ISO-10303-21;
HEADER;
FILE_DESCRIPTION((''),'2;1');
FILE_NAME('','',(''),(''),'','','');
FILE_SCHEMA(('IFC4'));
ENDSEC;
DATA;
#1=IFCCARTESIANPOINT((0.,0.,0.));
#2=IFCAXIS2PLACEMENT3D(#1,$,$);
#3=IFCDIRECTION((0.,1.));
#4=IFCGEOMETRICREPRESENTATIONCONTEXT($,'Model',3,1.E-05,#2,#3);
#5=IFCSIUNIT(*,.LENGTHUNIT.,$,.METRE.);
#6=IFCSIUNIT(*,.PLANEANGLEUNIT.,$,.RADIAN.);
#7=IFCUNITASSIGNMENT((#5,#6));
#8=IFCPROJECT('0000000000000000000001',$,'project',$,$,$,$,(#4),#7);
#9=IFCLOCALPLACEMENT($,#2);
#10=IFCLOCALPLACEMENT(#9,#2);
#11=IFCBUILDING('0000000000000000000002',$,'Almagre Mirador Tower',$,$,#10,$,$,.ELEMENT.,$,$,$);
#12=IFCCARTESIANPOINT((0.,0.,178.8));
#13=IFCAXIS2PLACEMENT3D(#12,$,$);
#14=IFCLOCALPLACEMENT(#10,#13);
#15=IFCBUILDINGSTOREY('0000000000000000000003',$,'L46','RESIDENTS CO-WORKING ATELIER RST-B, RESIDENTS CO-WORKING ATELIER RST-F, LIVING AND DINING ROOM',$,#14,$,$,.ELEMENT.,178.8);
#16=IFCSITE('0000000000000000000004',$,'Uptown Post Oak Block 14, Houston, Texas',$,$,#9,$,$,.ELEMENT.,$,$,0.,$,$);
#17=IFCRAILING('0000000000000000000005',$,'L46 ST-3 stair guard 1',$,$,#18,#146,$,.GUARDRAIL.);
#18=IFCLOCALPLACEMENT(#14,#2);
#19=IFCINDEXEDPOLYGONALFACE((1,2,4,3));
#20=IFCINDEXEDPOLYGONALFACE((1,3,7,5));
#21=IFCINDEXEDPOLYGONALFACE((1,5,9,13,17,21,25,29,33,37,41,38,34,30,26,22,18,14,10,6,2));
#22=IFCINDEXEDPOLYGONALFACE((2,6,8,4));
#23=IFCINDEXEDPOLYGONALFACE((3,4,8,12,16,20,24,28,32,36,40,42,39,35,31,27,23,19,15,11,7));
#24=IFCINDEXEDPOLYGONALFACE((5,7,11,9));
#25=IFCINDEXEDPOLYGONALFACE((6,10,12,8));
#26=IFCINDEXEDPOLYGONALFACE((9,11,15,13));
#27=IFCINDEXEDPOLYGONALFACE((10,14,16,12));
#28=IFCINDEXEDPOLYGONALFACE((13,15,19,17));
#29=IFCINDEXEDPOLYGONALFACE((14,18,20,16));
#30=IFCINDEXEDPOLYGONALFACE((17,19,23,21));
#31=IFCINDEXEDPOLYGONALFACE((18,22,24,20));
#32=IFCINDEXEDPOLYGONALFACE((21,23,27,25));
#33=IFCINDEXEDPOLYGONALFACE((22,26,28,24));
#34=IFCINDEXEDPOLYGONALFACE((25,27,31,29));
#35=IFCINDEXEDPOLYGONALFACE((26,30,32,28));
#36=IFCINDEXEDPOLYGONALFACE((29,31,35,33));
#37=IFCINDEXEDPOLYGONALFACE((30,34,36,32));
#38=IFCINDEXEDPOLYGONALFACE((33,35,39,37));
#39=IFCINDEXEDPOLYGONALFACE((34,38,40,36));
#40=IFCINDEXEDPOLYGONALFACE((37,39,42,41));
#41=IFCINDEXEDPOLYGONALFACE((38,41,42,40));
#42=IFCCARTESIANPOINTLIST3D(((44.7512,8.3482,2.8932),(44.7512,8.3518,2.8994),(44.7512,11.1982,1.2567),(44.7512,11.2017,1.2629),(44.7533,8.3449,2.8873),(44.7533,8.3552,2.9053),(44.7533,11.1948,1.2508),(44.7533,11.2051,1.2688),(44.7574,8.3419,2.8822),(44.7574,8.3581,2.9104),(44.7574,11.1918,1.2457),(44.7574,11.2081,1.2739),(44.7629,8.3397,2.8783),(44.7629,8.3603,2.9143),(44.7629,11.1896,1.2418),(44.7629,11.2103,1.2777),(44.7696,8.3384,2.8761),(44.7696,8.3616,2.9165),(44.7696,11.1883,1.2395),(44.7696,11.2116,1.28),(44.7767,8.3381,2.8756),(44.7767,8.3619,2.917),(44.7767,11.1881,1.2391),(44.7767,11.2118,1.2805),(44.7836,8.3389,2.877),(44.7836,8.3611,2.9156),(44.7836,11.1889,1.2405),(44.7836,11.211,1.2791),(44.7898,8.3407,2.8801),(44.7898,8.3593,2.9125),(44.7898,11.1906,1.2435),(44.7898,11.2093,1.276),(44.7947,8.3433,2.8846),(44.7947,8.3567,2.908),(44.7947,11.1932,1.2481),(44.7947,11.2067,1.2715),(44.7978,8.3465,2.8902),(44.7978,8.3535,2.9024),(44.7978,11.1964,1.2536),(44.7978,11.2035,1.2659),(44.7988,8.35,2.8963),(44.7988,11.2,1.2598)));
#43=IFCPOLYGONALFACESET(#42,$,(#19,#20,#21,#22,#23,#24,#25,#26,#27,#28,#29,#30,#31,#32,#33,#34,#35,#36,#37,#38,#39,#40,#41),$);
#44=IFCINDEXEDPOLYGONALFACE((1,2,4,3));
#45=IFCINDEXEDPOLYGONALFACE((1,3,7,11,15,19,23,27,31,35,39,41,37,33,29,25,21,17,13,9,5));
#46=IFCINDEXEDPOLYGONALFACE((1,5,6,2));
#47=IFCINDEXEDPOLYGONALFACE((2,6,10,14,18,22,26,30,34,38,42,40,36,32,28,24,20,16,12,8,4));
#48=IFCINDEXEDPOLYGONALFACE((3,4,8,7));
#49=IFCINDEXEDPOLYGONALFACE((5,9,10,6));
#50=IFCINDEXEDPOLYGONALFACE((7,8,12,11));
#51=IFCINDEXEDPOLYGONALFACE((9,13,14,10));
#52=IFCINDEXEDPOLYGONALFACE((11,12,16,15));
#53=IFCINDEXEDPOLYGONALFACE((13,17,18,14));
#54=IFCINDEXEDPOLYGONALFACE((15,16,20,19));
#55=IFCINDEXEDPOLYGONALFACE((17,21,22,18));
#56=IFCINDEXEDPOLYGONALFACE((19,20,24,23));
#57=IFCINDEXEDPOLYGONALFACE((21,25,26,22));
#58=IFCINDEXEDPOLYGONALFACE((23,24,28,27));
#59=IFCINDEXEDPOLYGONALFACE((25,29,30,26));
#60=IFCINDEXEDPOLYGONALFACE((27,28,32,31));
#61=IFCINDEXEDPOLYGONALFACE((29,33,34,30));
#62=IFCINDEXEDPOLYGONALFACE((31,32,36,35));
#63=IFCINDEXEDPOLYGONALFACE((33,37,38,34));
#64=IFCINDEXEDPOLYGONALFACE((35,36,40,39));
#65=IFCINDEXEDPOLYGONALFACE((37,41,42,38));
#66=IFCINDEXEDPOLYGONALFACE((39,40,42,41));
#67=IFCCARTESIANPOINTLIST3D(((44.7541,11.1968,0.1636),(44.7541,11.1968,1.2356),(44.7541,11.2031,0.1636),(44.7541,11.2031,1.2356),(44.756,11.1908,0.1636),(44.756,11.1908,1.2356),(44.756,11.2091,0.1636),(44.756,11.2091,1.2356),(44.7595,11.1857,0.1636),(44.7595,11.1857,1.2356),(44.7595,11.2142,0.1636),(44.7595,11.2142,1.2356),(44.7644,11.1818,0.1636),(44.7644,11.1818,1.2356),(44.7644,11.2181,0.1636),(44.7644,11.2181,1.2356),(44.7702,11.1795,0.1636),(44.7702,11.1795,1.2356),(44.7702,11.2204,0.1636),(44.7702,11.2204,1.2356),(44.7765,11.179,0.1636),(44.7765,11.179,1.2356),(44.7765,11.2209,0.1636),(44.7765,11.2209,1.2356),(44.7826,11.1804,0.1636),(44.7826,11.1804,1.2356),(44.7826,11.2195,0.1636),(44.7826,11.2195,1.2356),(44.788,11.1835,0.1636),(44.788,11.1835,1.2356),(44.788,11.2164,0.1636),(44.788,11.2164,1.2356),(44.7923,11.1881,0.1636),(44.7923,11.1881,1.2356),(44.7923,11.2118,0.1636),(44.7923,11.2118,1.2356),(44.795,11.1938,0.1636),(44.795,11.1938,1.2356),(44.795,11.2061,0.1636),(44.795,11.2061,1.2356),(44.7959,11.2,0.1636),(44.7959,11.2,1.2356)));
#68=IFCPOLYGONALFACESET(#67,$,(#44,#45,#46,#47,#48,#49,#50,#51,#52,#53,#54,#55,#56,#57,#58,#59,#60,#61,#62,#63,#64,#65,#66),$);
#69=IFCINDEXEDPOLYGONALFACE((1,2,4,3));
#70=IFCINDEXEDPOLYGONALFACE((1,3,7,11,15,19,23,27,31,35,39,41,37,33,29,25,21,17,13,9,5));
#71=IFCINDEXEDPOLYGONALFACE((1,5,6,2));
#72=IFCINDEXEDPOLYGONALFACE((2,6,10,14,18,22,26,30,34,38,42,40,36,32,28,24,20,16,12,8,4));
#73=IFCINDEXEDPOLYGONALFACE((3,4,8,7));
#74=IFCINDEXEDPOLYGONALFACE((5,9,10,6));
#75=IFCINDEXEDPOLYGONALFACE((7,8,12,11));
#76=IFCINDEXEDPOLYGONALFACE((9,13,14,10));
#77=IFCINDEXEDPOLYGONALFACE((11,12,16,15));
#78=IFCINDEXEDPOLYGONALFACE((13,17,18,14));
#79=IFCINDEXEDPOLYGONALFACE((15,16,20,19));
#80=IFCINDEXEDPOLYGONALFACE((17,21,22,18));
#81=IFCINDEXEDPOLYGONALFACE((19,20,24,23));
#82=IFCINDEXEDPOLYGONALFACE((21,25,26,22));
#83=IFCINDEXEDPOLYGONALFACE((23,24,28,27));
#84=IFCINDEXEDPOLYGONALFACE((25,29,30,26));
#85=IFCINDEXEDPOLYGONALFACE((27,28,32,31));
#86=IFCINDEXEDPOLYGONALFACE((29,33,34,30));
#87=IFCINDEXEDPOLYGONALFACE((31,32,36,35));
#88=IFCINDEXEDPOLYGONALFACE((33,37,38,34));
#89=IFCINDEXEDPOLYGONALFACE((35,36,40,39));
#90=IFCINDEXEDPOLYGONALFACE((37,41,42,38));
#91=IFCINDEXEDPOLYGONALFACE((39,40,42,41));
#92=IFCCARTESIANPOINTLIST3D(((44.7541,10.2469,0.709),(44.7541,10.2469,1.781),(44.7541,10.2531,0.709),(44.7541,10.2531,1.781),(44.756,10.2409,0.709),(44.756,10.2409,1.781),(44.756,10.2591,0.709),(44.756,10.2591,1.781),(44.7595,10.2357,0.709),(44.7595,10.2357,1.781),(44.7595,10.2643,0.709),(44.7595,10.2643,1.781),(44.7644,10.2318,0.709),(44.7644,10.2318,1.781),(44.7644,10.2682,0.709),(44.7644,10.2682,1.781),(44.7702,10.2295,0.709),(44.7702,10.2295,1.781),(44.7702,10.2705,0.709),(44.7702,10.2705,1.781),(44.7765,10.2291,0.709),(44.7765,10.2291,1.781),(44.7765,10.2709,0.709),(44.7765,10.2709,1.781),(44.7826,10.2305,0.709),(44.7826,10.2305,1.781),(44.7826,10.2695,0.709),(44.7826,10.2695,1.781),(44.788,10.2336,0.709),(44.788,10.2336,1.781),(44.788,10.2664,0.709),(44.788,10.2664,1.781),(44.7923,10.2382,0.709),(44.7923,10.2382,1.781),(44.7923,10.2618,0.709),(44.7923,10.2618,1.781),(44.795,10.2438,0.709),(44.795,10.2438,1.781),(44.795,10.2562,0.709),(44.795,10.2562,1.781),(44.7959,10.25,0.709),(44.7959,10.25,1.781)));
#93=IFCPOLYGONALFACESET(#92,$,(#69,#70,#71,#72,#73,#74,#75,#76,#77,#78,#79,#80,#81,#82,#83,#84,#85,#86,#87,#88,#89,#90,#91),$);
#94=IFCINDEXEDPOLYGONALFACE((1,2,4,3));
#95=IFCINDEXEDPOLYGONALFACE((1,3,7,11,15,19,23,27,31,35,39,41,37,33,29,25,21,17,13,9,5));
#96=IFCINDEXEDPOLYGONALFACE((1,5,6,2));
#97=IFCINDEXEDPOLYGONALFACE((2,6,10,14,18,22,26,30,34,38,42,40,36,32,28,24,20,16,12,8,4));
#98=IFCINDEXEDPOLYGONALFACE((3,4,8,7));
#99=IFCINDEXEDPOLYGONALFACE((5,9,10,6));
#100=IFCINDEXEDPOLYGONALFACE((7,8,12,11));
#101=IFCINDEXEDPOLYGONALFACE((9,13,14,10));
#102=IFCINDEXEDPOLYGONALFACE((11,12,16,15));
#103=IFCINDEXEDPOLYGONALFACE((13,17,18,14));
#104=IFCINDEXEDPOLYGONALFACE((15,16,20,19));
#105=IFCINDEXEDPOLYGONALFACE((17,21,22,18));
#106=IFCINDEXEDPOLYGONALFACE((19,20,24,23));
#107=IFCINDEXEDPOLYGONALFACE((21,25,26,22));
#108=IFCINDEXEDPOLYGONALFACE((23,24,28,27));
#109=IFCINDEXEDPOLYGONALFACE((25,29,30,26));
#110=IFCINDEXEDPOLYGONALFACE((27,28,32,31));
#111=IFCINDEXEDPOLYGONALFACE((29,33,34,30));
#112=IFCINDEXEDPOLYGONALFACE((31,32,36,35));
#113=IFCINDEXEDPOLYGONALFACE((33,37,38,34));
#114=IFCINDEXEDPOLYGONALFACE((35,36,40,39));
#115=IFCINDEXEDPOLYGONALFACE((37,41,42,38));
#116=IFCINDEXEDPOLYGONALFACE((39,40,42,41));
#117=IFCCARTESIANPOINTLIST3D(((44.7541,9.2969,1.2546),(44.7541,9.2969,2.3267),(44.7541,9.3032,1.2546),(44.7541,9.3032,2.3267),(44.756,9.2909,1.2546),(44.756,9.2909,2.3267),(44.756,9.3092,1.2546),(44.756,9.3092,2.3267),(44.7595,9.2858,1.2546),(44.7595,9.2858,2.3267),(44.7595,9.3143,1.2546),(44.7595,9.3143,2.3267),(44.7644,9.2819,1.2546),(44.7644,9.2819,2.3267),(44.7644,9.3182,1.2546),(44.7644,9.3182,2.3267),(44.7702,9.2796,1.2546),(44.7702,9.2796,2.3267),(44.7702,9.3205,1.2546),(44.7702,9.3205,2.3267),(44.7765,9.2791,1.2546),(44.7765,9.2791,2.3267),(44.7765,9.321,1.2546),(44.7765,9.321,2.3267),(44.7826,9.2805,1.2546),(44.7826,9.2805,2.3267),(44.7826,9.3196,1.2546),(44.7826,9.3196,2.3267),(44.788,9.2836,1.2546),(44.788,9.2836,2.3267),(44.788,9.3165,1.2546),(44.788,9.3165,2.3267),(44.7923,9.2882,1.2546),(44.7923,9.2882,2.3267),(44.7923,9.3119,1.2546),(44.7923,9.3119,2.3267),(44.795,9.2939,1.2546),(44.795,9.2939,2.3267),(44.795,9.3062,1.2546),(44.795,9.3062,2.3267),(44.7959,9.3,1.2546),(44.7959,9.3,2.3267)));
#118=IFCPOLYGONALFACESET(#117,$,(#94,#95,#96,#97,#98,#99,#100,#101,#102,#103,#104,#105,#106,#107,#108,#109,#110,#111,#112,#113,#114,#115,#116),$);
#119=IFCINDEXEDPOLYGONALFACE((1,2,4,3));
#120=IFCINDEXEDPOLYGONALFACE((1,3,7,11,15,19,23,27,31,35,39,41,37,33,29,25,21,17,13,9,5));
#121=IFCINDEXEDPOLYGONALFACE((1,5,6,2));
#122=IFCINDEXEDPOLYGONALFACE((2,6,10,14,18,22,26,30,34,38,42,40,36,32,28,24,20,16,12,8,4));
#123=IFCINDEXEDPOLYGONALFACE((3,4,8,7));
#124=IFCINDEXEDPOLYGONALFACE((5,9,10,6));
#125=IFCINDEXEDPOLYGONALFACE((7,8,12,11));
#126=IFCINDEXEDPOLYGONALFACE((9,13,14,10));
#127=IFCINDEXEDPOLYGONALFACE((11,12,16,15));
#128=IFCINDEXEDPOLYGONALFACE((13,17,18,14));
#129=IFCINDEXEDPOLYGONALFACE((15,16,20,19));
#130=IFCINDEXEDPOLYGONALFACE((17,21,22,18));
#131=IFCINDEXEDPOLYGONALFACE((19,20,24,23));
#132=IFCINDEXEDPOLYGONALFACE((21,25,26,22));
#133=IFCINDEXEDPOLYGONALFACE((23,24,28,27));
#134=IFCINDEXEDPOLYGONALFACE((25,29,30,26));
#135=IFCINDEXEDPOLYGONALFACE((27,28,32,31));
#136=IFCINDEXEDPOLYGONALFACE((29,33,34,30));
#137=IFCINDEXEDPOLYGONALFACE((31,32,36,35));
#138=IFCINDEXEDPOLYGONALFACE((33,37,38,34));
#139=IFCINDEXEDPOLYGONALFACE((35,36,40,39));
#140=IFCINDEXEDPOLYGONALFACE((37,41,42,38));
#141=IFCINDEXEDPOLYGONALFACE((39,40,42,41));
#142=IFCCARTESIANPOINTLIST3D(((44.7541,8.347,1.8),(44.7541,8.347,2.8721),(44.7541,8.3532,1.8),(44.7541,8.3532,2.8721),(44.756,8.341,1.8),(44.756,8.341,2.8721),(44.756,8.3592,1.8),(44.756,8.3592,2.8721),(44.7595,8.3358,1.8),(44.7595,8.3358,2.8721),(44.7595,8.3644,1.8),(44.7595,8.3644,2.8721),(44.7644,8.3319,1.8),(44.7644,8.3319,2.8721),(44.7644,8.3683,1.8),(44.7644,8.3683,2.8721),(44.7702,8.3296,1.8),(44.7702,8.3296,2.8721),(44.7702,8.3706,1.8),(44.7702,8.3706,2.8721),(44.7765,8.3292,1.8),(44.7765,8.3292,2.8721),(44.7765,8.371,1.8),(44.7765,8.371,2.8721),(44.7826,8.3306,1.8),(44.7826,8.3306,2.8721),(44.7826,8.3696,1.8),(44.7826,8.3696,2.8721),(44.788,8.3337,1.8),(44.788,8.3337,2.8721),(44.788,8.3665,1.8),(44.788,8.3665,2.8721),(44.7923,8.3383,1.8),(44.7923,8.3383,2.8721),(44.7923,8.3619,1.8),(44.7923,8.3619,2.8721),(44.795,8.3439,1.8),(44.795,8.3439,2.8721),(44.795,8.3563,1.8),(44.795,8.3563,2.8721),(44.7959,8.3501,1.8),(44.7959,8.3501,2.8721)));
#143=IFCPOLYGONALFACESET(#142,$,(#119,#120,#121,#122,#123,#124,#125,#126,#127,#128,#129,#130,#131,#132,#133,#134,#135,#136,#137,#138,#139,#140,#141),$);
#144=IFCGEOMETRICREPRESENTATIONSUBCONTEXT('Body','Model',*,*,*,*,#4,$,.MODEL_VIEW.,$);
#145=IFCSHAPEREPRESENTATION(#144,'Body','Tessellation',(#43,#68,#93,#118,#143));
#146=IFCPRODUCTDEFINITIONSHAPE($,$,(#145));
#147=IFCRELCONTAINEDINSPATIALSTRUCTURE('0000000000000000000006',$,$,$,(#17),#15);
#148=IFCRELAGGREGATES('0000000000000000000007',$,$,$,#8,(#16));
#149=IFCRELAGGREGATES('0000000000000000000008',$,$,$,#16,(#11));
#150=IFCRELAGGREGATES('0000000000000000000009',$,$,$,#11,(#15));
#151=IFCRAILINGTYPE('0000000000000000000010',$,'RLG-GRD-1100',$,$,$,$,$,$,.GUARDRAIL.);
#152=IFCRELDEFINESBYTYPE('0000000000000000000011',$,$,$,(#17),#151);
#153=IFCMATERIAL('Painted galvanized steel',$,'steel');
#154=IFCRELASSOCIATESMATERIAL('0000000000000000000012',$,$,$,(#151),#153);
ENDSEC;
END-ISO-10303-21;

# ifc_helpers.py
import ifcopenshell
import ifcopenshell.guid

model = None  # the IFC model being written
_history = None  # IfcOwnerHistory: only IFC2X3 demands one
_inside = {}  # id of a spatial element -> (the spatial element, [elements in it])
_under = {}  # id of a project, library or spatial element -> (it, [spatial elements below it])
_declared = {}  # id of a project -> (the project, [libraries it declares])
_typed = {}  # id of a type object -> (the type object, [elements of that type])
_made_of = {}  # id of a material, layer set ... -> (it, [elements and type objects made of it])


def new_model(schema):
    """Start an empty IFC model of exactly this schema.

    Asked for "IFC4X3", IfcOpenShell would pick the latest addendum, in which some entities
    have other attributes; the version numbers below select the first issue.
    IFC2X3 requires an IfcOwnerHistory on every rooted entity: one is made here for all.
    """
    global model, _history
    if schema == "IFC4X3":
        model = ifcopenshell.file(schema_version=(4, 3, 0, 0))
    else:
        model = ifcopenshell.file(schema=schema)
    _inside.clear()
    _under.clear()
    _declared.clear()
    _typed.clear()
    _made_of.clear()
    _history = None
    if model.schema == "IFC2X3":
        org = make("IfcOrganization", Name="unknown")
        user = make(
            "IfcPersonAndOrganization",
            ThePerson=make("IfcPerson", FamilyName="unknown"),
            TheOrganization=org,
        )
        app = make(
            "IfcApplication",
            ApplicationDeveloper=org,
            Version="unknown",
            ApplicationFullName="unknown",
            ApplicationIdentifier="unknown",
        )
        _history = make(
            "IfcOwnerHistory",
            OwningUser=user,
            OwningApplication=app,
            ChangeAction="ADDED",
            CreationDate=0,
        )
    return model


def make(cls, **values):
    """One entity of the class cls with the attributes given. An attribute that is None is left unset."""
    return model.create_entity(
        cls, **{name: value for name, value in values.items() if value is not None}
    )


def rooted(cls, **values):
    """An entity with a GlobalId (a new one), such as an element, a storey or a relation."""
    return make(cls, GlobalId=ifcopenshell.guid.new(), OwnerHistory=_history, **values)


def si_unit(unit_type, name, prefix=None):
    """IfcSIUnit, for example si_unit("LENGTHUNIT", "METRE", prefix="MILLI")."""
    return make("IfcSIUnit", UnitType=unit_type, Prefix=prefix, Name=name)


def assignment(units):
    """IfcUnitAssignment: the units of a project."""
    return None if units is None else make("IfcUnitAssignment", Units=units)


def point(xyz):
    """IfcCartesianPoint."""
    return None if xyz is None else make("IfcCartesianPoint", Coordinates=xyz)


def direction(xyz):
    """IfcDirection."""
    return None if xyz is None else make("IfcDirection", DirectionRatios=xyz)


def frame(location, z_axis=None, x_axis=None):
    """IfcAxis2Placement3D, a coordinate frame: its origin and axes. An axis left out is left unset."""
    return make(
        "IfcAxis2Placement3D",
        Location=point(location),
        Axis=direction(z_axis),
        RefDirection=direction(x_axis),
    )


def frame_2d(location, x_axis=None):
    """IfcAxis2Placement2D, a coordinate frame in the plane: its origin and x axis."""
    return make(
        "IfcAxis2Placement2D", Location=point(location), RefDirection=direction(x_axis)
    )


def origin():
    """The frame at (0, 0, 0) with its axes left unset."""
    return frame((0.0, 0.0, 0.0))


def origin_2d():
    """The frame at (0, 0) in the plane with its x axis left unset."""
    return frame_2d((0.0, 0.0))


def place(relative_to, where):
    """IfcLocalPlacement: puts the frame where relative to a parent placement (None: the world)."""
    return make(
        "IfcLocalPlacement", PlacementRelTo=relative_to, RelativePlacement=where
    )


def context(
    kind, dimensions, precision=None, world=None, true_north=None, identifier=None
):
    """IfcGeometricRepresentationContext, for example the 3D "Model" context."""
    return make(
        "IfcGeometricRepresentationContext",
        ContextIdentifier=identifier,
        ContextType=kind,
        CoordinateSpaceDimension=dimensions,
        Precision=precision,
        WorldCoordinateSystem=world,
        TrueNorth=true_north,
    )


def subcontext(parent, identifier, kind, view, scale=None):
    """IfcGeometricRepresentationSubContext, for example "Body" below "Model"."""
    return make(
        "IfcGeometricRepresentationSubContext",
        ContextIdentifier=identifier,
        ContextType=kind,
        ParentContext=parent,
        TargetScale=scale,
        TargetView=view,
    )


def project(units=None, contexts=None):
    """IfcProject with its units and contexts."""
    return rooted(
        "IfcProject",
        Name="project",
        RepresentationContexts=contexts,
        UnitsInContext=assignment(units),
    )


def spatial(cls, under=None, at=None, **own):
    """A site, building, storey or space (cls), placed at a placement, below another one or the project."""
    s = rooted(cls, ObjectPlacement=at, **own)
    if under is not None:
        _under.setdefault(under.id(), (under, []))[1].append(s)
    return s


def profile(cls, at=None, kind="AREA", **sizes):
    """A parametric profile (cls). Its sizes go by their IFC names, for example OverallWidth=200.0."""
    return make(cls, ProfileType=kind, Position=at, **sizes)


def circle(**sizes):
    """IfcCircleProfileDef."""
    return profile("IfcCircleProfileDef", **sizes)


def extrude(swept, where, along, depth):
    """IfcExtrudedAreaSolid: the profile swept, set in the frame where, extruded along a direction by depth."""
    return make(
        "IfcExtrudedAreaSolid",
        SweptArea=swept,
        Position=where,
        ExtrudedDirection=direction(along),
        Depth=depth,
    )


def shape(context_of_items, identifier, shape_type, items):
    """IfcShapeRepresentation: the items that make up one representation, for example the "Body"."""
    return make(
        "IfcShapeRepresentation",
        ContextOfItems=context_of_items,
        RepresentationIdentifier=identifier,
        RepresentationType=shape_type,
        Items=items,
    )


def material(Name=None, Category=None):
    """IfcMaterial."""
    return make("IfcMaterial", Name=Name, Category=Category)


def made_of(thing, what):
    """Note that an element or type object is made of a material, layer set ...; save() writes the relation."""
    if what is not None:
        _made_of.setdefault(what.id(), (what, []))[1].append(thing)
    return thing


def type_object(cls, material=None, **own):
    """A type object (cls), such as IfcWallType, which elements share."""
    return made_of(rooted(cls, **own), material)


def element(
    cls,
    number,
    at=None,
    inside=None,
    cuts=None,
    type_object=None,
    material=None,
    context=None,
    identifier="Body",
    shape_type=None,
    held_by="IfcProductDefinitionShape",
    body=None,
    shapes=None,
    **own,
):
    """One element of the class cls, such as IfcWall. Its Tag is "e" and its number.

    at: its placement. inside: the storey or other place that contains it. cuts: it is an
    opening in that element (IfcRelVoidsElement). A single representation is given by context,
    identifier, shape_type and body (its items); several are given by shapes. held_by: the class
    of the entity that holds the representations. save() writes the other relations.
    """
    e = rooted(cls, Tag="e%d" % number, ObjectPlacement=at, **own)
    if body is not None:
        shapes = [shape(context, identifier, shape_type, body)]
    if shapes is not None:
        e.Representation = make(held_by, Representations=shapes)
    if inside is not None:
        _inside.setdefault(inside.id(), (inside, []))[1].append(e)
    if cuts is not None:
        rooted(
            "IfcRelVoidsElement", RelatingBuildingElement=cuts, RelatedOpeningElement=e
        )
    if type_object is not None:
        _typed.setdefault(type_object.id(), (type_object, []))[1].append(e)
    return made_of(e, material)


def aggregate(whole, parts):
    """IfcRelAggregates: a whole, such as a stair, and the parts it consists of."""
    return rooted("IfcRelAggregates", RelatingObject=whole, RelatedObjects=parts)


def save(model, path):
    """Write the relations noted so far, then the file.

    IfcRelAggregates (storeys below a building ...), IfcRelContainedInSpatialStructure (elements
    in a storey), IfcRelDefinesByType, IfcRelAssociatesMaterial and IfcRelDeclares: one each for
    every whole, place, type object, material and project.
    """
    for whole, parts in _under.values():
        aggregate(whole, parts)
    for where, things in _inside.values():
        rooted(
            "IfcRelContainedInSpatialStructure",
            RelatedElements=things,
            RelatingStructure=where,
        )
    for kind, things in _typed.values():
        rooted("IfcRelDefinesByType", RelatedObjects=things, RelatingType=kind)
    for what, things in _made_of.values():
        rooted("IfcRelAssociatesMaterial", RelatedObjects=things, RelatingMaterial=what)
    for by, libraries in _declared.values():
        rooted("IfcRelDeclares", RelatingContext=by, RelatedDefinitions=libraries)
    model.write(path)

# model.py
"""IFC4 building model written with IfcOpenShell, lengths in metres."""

from ifc_helpers import new_model, si_unit, direction, frame, origin, origin_2d, place, context, subcontext, project, spatial, circle, extrude, material, type_object, element, save


model = new_model("IFC4")

# Units and contexts
model_context = context("Model", 3, precision=1e-05, world=origin(), true_north=direction((0.0, 1.0)))
body_context = subcontext(model_context, "Body", "Model", "MODEL_VIEW")
ifc_project = project(units=[si_unit("LENGTHUNIT", "METRE"), si_unit("PLANEANGLEUNIT", "RADIAN")], contexts=[model_context])

# Site, building, storey
site_placement = place(None, origin())
site = spatial("IfcSite", under=ifc_project, at=site_placement, Name="Uptown Post Oak Block 14, Houston, Texas", CompositionType="ELEMENT", RefElevation=0.0)
building_placement = place(site_placement, origin())
building = spatial("IfcBuilding", under=site, at=building_placement, Name="Almagre Mirador Tower", CompositionType="ELEMENT")
storey_placement = place(building_placement, frame((0.0, 0.0, 178.8)))
storey = spatial("IfcBuildingStorey", under=building, at=storey_placement, Name="L46", Description="RESIDENTS CO-WORKING ATELIER RST-B, RESIDENTS CO-WORKING ATELIER RST-F, LIVING AND DINING ROOM", CompositionType="ELEMENT", Elevation=178.8)

# Railing
ifc_material_1 = material(Name="Painted galvanized steel", Category="steel")
railing_type_1 = type_object("IfcRailingType", Name="RLG-GRD-1100", PredefinedType="GUARDRAIL", material=ifc_material_1)
railing_1_placement = place(storey_placement, frame((44.7749, 11.2, 0.1636)))
element("IfcRailing", 1, at=railing_1_placement, inside=storey, type_object=railing_type_1, Name="L46 ST-3 stair guard 1", PredefinedType="GUARDRAIL", context=body_context, shape_type="SweptSolid", body=[
    extrude(circle(Radius=0.0239, at=origin_2d()), frame((0.0, 0.0, 1.0962), z_axis=(0.0, -0.867194, 0.49797), x_axis=(1.0, 0.0, 0.0)), (0.0, 0.0, 1.0), 3.2864),
    extrude(circle(Radius=0.021, at=origin_2d()), origin(), (0.0, 0.0, 1.0), 1.072),
    extrude(circle(Radius=0.021, at=origin_2d()), frame((0.0, -0.95, 0.5454)), (0.0, 0.0, 1.0), 1.072),
    extrude(circle(Radius=0.021, at=origin_2d()), frame((0.0, -1.8999, 1.0911)), (0.0, 0.0, 1.0), 1.072),
    extrude(circle(Radius=0.021, at=origin_2d()), frame((0.0, -2.8499, 1.6365)), (0.0, 0.0, 1.0), 1.072),
])

save(model, "model.ifc")
